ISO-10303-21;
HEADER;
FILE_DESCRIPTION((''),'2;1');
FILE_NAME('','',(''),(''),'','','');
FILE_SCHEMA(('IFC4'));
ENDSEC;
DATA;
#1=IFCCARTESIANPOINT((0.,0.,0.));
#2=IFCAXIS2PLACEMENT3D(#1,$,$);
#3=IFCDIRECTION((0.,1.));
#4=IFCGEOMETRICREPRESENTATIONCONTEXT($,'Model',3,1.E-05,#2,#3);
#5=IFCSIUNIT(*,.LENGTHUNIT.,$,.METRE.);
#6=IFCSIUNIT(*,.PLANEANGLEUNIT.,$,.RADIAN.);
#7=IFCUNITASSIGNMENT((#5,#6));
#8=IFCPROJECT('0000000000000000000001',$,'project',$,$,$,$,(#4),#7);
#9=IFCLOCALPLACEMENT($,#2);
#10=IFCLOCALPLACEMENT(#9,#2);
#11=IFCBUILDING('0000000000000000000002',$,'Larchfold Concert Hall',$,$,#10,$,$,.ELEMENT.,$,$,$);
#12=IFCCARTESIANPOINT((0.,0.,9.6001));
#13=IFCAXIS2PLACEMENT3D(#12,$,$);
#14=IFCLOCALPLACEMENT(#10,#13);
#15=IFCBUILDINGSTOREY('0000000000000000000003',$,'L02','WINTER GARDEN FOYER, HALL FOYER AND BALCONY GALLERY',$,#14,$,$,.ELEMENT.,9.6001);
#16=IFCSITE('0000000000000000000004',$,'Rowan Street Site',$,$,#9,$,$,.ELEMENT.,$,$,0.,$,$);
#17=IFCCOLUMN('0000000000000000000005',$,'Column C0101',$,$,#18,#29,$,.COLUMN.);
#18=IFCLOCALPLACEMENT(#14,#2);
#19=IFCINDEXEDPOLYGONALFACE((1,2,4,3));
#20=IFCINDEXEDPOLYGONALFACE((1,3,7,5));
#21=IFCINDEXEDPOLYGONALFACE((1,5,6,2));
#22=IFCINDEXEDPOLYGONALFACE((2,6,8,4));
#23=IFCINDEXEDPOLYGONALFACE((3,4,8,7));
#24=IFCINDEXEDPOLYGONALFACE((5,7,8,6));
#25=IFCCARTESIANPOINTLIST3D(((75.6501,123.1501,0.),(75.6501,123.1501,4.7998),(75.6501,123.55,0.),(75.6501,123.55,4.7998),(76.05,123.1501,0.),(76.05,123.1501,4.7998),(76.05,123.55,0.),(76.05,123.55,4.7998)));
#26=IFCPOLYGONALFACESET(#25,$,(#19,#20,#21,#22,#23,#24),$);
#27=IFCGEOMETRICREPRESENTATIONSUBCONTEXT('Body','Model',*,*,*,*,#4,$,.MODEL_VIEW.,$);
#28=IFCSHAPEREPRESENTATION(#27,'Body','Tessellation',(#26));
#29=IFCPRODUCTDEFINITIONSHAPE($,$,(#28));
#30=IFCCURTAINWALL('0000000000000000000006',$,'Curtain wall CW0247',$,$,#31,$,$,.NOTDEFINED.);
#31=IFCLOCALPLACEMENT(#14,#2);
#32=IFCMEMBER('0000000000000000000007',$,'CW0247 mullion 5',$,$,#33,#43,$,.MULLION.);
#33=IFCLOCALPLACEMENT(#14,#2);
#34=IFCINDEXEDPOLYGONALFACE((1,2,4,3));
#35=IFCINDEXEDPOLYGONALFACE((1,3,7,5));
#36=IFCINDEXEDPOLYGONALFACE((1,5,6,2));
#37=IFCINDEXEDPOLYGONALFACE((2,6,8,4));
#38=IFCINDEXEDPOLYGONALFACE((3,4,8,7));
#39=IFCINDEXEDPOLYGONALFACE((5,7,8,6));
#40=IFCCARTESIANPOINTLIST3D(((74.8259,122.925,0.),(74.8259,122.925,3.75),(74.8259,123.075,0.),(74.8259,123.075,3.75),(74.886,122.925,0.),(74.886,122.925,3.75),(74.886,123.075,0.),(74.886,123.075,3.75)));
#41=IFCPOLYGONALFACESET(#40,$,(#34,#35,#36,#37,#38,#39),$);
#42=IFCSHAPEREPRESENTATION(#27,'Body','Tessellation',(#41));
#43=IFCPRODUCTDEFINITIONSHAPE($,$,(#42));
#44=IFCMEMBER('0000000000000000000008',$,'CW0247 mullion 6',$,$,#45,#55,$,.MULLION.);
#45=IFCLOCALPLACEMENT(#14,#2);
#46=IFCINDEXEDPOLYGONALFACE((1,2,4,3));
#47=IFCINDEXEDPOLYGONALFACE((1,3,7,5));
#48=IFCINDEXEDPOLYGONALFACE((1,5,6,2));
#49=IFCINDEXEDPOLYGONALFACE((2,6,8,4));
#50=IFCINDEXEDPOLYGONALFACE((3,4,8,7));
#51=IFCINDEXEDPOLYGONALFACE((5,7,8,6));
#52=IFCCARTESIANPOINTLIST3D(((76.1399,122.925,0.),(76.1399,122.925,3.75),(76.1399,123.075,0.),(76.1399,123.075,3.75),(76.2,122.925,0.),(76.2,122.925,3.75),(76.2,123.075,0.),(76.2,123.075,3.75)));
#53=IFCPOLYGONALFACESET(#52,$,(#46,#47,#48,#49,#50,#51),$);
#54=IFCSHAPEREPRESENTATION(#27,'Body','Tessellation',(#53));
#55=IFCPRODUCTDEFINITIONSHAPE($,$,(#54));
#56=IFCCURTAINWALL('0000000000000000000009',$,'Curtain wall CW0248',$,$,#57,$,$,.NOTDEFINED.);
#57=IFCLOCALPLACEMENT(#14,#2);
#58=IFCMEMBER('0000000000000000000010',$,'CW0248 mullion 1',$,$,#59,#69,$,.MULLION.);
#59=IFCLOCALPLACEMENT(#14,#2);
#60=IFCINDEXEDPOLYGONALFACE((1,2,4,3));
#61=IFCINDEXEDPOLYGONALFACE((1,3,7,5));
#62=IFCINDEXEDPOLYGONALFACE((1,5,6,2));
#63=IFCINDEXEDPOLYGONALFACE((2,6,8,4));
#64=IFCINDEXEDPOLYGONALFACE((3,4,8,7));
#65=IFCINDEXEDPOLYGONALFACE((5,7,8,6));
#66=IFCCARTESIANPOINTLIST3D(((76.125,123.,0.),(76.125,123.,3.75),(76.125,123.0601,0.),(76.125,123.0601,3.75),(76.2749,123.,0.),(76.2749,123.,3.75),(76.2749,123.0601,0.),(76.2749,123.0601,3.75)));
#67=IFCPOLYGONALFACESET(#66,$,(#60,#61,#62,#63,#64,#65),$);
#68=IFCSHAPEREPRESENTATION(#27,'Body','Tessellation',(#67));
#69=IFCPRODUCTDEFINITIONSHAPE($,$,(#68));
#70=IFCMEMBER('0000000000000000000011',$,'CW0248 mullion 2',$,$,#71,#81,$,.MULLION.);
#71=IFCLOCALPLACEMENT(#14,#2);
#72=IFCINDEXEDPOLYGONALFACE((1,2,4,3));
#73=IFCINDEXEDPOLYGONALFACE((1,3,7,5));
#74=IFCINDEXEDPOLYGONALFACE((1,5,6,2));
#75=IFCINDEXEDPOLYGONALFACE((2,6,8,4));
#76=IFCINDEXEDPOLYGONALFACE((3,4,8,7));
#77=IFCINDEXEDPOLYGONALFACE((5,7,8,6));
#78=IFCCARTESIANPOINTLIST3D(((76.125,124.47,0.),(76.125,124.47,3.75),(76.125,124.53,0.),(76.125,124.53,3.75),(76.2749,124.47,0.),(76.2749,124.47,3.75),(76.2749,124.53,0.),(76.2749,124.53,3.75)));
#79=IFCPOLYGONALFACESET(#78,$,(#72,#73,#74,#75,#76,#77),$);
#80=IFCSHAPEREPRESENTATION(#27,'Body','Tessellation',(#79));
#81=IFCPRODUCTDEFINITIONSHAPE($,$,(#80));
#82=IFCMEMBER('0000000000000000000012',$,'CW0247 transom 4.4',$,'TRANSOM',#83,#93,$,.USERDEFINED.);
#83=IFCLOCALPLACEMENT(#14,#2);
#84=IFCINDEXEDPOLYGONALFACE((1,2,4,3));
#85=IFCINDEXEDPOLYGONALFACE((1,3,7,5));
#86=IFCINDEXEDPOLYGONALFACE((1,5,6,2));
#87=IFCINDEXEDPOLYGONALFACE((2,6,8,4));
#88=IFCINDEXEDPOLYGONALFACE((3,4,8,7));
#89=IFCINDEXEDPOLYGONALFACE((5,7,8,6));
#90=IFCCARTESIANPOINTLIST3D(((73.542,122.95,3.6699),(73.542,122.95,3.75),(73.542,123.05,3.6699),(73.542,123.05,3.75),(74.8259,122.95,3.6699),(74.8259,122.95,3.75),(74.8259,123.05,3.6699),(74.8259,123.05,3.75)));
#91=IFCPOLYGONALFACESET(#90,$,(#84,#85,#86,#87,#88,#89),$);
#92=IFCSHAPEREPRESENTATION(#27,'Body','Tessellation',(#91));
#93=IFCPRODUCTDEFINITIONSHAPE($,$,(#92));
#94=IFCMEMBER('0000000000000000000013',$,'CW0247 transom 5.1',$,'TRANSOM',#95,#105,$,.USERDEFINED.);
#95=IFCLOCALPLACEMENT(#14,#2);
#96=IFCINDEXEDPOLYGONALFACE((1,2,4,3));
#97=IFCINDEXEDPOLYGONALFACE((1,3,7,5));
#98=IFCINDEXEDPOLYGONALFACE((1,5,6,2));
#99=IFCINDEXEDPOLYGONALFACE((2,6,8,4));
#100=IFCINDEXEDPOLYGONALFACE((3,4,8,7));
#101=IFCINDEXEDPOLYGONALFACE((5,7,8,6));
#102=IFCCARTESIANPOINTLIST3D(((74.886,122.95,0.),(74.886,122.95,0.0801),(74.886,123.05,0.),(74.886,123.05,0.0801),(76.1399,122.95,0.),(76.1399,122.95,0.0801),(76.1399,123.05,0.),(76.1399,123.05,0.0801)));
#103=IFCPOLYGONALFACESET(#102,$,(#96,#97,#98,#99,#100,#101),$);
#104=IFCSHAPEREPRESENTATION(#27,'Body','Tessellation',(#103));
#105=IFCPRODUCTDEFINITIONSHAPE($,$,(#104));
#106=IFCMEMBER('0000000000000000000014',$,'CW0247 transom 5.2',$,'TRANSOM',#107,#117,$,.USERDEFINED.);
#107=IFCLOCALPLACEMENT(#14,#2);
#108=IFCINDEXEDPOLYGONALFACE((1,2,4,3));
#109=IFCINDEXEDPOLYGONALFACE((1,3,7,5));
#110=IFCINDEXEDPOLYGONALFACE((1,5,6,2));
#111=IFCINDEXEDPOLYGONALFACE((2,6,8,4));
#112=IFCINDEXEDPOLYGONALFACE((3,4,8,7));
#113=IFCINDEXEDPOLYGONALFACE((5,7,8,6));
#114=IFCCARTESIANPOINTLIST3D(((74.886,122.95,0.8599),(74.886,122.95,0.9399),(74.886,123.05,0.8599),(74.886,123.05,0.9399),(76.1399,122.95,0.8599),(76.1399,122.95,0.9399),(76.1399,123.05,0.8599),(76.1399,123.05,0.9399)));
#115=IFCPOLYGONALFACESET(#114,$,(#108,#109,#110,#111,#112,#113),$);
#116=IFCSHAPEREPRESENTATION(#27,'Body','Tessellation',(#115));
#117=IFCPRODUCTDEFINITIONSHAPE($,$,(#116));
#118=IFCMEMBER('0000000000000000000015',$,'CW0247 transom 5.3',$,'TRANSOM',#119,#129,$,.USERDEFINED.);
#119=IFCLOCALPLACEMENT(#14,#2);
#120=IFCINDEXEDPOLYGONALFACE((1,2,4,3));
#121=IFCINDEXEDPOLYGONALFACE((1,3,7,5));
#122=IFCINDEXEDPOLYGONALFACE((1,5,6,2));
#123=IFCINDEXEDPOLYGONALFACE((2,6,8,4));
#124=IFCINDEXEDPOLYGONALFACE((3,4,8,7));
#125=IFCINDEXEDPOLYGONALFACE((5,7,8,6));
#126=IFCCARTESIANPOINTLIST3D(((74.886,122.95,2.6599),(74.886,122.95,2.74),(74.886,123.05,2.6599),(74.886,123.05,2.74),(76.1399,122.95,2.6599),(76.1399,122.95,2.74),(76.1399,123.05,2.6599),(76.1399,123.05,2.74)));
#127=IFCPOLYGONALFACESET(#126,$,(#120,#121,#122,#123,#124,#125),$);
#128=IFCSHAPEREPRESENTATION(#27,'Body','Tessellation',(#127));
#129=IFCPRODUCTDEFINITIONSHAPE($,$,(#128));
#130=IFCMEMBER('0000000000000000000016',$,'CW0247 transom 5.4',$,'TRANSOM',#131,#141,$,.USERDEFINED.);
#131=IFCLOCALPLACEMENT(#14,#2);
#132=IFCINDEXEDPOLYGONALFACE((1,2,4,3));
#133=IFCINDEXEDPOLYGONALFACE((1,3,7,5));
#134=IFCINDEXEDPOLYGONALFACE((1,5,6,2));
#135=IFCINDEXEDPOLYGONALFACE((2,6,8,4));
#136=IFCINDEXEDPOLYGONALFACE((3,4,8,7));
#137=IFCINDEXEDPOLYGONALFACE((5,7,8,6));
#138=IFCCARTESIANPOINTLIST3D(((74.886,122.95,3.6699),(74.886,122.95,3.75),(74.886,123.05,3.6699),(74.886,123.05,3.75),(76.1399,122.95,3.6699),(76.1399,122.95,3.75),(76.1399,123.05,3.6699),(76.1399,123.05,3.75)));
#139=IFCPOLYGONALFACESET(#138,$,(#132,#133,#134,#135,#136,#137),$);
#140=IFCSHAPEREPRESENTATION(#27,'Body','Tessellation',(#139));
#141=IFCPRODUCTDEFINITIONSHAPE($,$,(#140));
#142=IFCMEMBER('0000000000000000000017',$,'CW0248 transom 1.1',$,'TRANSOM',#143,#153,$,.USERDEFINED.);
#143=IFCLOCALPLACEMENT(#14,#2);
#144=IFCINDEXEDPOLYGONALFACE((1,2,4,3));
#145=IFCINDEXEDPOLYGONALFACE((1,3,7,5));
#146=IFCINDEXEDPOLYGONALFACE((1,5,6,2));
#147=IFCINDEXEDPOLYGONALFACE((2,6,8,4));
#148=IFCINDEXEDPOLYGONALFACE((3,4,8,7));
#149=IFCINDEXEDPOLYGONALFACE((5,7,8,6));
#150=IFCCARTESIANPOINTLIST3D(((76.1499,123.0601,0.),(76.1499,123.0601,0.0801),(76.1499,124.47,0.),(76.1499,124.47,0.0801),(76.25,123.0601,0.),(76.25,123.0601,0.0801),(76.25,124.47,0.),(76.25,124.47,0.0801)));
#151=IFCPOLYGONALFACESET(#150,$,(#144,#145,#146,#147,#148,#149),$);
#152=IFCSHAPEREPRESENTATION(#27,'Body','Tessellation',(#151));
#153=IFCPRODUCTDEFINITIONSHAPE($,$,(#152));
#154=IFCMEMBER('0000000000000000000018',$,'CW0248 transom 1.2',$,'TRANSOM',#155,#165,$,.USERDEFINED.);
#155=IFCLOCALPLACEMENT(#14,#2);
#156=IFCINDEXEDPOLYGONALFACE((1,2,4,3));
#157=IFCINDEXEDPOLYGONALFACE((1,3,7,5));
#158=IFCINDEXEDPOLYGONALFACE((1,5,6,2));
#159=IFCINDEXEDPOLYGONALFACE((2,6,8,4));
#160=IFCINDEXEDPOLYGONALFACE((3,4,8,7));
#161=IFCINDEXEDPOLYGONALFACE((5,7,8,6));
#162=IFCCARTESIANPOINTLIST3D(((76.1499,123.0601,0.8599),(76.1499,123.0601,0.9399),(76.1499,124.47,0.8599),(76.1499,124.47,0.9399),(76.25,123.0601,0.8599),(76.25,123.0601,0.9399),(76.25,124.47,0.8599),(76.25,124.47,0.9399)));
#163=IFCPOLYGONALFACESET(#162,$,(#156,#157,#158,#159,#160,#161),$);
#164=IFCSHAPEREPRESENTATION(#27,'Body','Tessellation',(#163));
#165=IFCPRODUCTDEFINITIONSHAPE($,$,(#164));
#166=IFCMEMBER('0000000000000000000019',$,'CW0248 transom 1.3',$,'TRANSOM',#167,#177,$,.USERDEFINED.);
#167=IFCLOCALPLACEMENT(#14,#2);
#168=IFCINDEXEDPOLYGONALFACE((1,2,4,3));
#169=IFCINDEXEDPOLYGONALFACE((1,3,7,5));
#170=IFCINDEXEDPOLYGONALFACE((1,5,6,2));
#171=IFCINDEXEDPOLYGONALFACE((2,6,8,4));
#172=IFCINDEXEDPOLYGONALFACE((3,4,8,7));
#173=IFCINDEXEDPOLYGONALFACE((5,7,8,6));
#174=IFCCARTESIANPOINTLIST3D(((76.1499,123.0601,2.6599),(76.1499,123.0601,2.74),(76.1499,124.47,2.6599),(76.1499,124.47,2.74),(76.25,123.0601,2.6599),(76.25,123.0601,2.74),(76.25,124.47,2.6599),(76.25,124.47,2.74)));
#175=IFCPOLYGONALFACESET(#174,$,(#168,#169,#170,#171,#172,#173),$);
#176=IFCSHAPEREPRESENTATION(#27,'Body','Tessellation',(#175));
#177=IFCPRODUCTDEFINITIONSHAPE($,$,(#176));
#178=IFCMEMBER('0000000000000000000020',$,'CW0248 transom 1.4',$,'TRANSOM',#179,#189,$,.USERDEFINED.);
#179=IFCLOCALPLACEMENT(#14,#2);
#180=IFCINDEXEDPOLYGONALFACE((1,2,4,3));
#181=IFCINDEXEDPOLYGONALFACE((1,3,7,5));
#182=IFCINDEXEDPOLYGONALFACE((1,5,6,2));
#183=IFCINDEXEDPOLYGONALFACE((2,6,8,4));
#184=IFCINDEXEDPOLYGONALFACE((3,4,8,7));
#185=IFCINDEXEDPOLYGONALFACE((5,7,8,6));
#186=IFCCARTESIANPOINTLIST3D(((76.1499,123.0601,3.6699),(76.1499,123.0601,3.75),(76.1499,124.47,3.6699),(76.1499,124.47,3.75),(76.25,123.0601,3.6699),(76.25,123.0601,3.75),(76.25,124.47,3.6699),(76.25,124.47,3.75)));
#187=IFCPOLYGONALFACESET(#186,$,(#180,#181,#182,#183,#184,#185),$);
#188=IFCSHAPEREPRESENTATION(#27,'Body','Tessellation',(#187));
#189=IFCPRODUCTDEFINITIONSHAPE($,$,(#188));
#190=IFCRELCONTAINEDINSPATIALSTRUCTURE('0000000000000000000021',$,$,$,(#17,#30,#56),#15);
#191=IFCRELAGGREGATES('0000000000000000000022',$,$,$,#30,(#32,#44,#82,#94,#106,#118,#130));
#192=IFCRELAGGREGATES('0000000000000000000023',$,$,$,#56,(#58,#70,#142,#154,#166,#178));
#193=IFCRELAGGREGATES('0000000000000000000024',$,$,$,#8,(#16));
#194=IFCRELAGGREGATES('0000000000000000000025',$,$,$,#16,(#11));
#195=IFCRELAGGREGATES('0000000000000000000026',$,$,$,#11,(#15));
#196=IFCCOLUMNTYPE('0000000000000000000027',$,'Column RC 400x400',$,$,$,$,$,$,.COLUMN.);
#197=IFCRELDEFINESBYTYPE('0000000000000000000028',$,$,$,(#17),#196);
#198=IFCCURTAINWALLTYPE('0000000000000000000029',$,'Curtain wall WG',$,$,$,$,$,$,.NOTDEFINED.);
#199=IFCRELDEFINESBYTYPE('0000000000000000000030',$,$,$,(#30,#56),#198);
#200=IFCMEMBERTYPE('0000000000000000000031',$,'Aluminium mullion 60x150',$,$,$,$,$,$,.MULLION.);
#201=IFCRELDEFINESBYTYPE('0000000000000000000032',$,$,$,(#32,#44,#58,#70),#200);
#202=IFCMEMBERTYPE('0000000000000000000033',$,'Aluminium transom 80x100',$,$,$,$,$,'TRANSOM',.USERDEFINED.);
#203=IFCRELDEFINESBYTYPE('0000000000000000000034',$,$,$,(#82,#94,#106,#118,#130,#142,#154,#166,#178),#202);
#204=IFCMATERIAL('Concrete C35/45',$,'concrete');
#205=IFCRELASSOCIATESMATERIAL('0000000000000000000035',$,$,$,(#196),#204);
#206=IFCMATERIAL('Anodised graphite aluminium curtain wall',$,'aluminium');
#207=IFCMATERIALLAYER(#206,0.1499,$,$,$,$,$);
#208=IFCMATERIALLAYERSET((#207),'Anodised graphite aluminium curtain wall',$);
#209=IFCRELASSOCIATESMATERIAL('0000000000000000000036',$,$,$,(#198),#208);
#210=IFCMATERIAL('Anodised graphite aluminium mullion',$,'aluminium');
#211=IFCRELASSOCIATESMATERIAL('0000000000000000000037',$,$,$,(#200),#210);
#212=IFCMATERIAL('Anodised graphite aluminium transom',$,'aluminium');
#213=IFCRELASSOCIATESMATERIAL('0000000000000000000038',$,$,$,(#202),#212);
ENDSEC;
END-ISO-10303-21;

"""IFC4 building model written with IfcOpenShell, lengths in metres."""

from ifc_helpers import new_model, si_unit, direction, frame, origin, origin_2d, place, context, subcontext, project, spatial, rectangle, extrude, material, layer, layer_set, material_profile, profile_set, type_object, element, aggregate, save


model = new_model("IFC4")

# Units and contexts
model_context = context("Model", 3, precision=1e-05, world=origin(), true_north=direction((0.0, 1.0)))
body_context = subcontext(model_context, "Body", "Model", "MODEL_VIEW")
ifc_project = project(units=[si_unit("LENGTHUNIT", "METRE"), si_unit("PLANEANGLEUNIT", "RADIAN")], contexts=[model_context])

# Site, building, storey
site_placement = place(None, origin())
site = spatial("IfcSite", under=ifc_project, at=site_placement, Name="Rowan Street Site", CompositionType="ELEMENT", RefElevation=0.0)
building_placement = place(site_placement, origin())
building = spatial("IfcBuilding", under=site, at=building_placement, Name="Larchfold Concert Hall", CompositionType="ELEMENT")
storey_placement = place(building_placement, frame((0.0, 0.0, 9.6001)))
storey = spatial("IfcBuildingStorey", under=building, at=storey_placement, Name="L02", Description="WINTER GARDEN FOYER, HALL FOYER AND BALCONY GALLERY", CompositionType="ELEMENT", Elevation=9.6001)

# Column
ifc_material_1 = material(Name="Concrete C35/45", Category="concrete")
ifc_material_profile_1 = material_profile(ifc_material_1, rectangle(XDim=0.3999, YDim=0.3999, at=origin_2d()))
ifc_profile_set_1 = profile_set([ifc_material_profile_1], Name="Concrete C35/45")
column_type = type_object("IfcColumnType", Name="Column RC 400x400", PredefinedType="COLUMN", material=ifc_profile_set_1)
column_placement = place(storey_placement, frame((75.8501, 123.3501, 0.0), z_axis=(0.0, 0.0, 1.0), x_axis=(1.0, 0.0, 0.0)))
element("IfcColumn", 1, at=column_placement, inside=storey, type_object=column_type, Name="Column C0101", PredefinedType="COLUMN", context=body_context, shape_type="SweptSolid", body=[
    extrude(rectangle(XDim=0.3999, YDim=0.3999, at=origin_2d()), origin(), (0.0, 0.0, 1.0), 4.7998),
])

# Curtain walls, members
ifc_material_2 = material(Name="Anodised graphite aluminium curtain wall", Category="aluminium")
ifc_layer_1 = layer(ifc_material_2, 0.1499)
ifc_layer_set_1 = layer_set([ifc_layer_1], Name="Anodised graphite aluminium curtain wall")
curtain_wall_type = type_object("IfcCurtainWallType", Name="Curtain wall WG", PredefinedType="NOTDEFINED", material=ifc_layer_set_1)
curtain_wall_1_placement = place(storey_placement, origin())
curtain_wall_1 = element("IfcCurtainWall", 2, at=curtain_wall_1_placement, inside=storey, type_object=curtain_wall_type, Name="Curtain wall CW0247", PredefinedType="NOTDEFINED")
ifc_material_3 = material(Name="Anodised graphite aluminium mullion", Category="aluminium")
ifc_material_profile_2 = material_profile(ifc_material_3, rectangle(XDim=0.1499, YDim=0.0601, at=origin_2d()))
ifc_profile_set_2 = profile_set([ifc_material_profile_2], Name="Anodised graphite aluminium mullion")
member_type_1 = type_object("IfcMemberType", Name="Aluminium mullion 60x150", PredefinedType="MULLION", material=ifc_profile_set_2)
member_1_placement = place(storey_placement, frame((74.856, 123.0, 0.0), z_axis=(0.0, 0.0, 1.0), x_axis=(0.0, 1.0, 0.0)))
member_1 = element("IfcMember", 3, at=member_1_placement, type_object=member_type_1, Name="CW0247 mullion 5", PredefinedType="MULLION", context=body_context, shape_type="SweptSolid", body=[
    extrude(rectangle(XDim=0.1499, YDim=0.0601, at=origin_2d()), origin(), (0.0, 0.0, 1.0), 3.75),
])
member_2_placement = place(storey_placement, frame((76.1699, 123.0, 0.0), z_axis=(0.0, 0.0, 1.0), x_axis=(0.0, 1.0, 0.0)))
member_2 = element("IfcMember", 4, at=member_2_placement, type_object=member_type_1, Name="CW0247 mullion 6", PredefinedType="MULLION", context=body_context, shape_type="SweptSolid", body=[
    extrude(rectangle(XDim=0.1499, YDim=0.0601, at=origin_2d()), origin(), (0.0, 0.0, 1.0), 3.75),
])
curtain_wall_2_placement = place(storey_placement, origin())
curtain_wall_2 = element("IfcCurtainWall", 5, at=curtain_wall_2_placement, inside=storey, type_object=curtain_wall_type, Name="Curtain wall CW0248", PredefinedType="NOTDEFINED")
member_3_placement = place(storey_placement, frame((76.2, 123.03, 0.0), z_axis=(0.0, 0.0, 1.0), x_axis=(-1.0, 0.0, 0.0)))
member_3 = element("IfcMember", 6, at=member_3_placement, type_object=member_type_1, Name="CW0248 mullion 1", PredefinedType="MULLION", context=body_context, shape_type="SweptSolid", body=[
    extrude(rectangle(XDim=0.1499, YDim=0.0601, at=origin_2d()), origin(), (0.0, 0.0, 1.0), 3.75),
])
member_4_placement = place(storey_placement, frame((76.2, 124.5, 0.0), z_axis=(0.0, 0.0, 1.0), x_axis=(-1.0, 0.0, 0.0)))
member_4 = element("IfcMember", 7, at=member_4_placement, type_object=member_type_1, Name="CW0248 mullion 2", PredefinedType="MULLION", context=body_context, shape_type="SweptSolid", body=[
    extrude(rectangle(XDim=0.1499, YDim=0.0601, at=origin_2d()), origin(), (0.0, 0.0, 1.0), 3.75),
])

# Members
ifc_material_4 = material(Name="Anodised graphite aluminium transom", Category="aluminium")
ifc_material_profile_3 = material_profile(ifc_material_4, rectangle(XDim=0.1001, YDim=0.0801, at=origin_2d()))
ifc_profile_set_3 = profile_set([ifc_material_profile_3], Name="Anodised graphite aluminium transom")
member_type_2 = type_object("IfcMemberType", Name="Aluminium transom 80x100", ElementType="TRANSOM", PredefinedType="USERDEFINED", material=ifc_profile_set_3)
member_5_placement = place(storey_placement, frame((73.542, 123.0, 3.71), z_axis=(1.0, 0.0, 0.0), x_axis=(0.0, 1.0, 0.0)))
member_5 = element("IfcMember", 8, at=member_5_placement, type_object=member_type_2, Name="CW0247 transom 4.4", ObjectType="TRANSOM", PredefinedType="USERDEFINED", context=body_context, shape_type="SweptSolid", body=[
    extrude(rectangle(XDim=0.1001, YDim=0.0801, at=origin_2d()), origin(), (0.0, 0.0, 1.0), 1.2839),
])
member_6_placement = place(storey_placement, frame((74.886, 123.0, 0.04), z_axis=(1.0, 0.0, 0.0), x_axis=(0.0, 1.0, 0.0)))
member_6 = element("IfcMember", 9, at=member_6_placement, type_object=member_type_2, Name="CW0247 transom 5.1", ObjectType="TRANSOM", PredefinedType="USERDEFINED", context=body_context, shape_type="SweptSolid", body=[
    extrude(rectangle(XDim=0.1001, YDim=0.0801, at=origin_2d()), origin(), (0.0, 0.0, 1.0), 1.2539),
])
member_7_placement = place(storey_placement, frame((74.886, 123.0, 0.8999), z_axis=(1.0, 0.0, 0.0), x_axis=(0.0, 1.0, 0.0)))
member_7 = element("IfcMember", 10, at=member_7_placement, type_object=member_type_2, Name="CW0247 transom 5.2", ObjectType="TRANSOM", PredefinedType="USERDEFINED", context=body_context, shape_type="SweptSolid", body=[
    extrude(rectangle(XDim=0.1001, YDim=0.0801, at=origin_2d()), origin(), (0.0, 0.0, 1.0), 1.2539),
])
member_8_placement = place(storey_placement, frame((74.886, 123.0, 2.7), z_axis=(1.0, 0.0, 0.0), x_axis=(0.0, 1.0, 0.0)))
member_8 = element("IfcMember", 11, at=member_8_placement, type_object=member_type_2, Name="CW0247 transom 5.3", ObjectType="TRANSOM", PredefinedType="USERDEFINED", context=body_context, shape_type="SweptSolid", body=[
    extrude(rectangle(XDim=0.1001, YDim=0.0801, at=origin_2d()), origin(), (0.0, 0.0, 1.0), 1.2539),
])
member_9_placement = place(storey_placement, frame((74.886, 123.0, 3.71), z_axis=(1.0, 0.0, 0.0), x_axis=(0.0, 1.0, 0.0)))
member_9 = element("IfcMember", 12, at=member_9_placement, type_object=member_type_2, Name="CW0247 transom 5.4", ObjectType="TRANSOM", PredefinedType="USERDEFINED", context=body_context, shape_type="SweptSolid", body=[
    extrude(rectangle(XDim=0.1001, YDim=0.0801, at=origin_2d()), origin(), (0.0, 0.0, 1.0), 1.2539),
])
member_10_placement = place(storey_placement, frame((76.2, 123.0601, 0.04), z_axis=(0.0, 1.0, 0.0), x_axis=(-1.0, 0.0, 0.0)))
member_10 = element("IfcMember", 13, at=member_10_placement, type_object=member_type_2, Name="CW0248 transom 1.1", ObjectType="TRANSOM", PredefinedType="USERDEFINED", context=body_context, shape_type="SweptSolid", body=[
    extrude(rectangle(XDim=0.1001, YDim=0.0801, at=origin_2d()), origin(), (0.0, 0.0, 1.0), 1.4099),
])
member_11_placement = place(storey_placement, frame((76.2, 123.0601, 0.8999), z_axis=(0.0, 1.0, 0.0), x_axis=(-1.0, 0.0, 0.0)))
member_11 = element("IfcMember", 14, at=member_11_placement, type_object=member_type_2, Name="CW0248 transom 1.2", ObjectType="TRANSOM", PredefinedType="USERDEFINED", context=body_context, shape_type="SweptSolid", body=[
    extrude(rectangle(XDim=0.1001, YDim=0.0801, at=origin_2d()), origin(), (0.0, 0.0, 1.0), 1.4099),
])
member_12_placement = place(storey_placement, frame((76.2, 123.0601, 2.7), z_axis=(0.0, 1.0, 0.0), x_axis=(-1.0, 0.0, 0.0)))
member_12 = element("IfcMember", 15, at=member_12_placement, type_object=member_type_2, Name="CW0248 transom 1.3", ObjectType="TRANSOM", PredefinedType="USERDEFINED", context=body_context, shape_type="SweptSolid", body=[
    extrude(rectangle(XDim=0.1001, YDim=0.0801, at=origin_2d()), origin(), (0.0, 0.0, 1.0), 1.4099),
])
member_13_placement = place(storey_placement, frame((76.2, 123.0601, 3.71), z_axis=(0.0, 1.0, 0.0), x_axis=(-1.0, 0.0, 0.0)))
member_13 = element("IfcMember", 16, at=member_13_placement, type_object=member_type_2, Name="CW0248 transom 1.4", ObjectType="TRANSOM", PredefinedType="USERDEFINED", context=body_context, shape_type="SweptSolid", body=[
    extrude(rectangle(XDim=0.1001, YDim=0.0801, at=origin_2d()), origin(), (0.0, 0.0, 1.0), 1.4099),
])

aggregate(curtain_wall_1, [member_1, member_2, member_5, member_6, member_7, member_8, member_9])
aggregate(curtain_wall_2, [member_3, member_4, member_10, member_11, member_12, member_13])

save(model, "model.ifc")
